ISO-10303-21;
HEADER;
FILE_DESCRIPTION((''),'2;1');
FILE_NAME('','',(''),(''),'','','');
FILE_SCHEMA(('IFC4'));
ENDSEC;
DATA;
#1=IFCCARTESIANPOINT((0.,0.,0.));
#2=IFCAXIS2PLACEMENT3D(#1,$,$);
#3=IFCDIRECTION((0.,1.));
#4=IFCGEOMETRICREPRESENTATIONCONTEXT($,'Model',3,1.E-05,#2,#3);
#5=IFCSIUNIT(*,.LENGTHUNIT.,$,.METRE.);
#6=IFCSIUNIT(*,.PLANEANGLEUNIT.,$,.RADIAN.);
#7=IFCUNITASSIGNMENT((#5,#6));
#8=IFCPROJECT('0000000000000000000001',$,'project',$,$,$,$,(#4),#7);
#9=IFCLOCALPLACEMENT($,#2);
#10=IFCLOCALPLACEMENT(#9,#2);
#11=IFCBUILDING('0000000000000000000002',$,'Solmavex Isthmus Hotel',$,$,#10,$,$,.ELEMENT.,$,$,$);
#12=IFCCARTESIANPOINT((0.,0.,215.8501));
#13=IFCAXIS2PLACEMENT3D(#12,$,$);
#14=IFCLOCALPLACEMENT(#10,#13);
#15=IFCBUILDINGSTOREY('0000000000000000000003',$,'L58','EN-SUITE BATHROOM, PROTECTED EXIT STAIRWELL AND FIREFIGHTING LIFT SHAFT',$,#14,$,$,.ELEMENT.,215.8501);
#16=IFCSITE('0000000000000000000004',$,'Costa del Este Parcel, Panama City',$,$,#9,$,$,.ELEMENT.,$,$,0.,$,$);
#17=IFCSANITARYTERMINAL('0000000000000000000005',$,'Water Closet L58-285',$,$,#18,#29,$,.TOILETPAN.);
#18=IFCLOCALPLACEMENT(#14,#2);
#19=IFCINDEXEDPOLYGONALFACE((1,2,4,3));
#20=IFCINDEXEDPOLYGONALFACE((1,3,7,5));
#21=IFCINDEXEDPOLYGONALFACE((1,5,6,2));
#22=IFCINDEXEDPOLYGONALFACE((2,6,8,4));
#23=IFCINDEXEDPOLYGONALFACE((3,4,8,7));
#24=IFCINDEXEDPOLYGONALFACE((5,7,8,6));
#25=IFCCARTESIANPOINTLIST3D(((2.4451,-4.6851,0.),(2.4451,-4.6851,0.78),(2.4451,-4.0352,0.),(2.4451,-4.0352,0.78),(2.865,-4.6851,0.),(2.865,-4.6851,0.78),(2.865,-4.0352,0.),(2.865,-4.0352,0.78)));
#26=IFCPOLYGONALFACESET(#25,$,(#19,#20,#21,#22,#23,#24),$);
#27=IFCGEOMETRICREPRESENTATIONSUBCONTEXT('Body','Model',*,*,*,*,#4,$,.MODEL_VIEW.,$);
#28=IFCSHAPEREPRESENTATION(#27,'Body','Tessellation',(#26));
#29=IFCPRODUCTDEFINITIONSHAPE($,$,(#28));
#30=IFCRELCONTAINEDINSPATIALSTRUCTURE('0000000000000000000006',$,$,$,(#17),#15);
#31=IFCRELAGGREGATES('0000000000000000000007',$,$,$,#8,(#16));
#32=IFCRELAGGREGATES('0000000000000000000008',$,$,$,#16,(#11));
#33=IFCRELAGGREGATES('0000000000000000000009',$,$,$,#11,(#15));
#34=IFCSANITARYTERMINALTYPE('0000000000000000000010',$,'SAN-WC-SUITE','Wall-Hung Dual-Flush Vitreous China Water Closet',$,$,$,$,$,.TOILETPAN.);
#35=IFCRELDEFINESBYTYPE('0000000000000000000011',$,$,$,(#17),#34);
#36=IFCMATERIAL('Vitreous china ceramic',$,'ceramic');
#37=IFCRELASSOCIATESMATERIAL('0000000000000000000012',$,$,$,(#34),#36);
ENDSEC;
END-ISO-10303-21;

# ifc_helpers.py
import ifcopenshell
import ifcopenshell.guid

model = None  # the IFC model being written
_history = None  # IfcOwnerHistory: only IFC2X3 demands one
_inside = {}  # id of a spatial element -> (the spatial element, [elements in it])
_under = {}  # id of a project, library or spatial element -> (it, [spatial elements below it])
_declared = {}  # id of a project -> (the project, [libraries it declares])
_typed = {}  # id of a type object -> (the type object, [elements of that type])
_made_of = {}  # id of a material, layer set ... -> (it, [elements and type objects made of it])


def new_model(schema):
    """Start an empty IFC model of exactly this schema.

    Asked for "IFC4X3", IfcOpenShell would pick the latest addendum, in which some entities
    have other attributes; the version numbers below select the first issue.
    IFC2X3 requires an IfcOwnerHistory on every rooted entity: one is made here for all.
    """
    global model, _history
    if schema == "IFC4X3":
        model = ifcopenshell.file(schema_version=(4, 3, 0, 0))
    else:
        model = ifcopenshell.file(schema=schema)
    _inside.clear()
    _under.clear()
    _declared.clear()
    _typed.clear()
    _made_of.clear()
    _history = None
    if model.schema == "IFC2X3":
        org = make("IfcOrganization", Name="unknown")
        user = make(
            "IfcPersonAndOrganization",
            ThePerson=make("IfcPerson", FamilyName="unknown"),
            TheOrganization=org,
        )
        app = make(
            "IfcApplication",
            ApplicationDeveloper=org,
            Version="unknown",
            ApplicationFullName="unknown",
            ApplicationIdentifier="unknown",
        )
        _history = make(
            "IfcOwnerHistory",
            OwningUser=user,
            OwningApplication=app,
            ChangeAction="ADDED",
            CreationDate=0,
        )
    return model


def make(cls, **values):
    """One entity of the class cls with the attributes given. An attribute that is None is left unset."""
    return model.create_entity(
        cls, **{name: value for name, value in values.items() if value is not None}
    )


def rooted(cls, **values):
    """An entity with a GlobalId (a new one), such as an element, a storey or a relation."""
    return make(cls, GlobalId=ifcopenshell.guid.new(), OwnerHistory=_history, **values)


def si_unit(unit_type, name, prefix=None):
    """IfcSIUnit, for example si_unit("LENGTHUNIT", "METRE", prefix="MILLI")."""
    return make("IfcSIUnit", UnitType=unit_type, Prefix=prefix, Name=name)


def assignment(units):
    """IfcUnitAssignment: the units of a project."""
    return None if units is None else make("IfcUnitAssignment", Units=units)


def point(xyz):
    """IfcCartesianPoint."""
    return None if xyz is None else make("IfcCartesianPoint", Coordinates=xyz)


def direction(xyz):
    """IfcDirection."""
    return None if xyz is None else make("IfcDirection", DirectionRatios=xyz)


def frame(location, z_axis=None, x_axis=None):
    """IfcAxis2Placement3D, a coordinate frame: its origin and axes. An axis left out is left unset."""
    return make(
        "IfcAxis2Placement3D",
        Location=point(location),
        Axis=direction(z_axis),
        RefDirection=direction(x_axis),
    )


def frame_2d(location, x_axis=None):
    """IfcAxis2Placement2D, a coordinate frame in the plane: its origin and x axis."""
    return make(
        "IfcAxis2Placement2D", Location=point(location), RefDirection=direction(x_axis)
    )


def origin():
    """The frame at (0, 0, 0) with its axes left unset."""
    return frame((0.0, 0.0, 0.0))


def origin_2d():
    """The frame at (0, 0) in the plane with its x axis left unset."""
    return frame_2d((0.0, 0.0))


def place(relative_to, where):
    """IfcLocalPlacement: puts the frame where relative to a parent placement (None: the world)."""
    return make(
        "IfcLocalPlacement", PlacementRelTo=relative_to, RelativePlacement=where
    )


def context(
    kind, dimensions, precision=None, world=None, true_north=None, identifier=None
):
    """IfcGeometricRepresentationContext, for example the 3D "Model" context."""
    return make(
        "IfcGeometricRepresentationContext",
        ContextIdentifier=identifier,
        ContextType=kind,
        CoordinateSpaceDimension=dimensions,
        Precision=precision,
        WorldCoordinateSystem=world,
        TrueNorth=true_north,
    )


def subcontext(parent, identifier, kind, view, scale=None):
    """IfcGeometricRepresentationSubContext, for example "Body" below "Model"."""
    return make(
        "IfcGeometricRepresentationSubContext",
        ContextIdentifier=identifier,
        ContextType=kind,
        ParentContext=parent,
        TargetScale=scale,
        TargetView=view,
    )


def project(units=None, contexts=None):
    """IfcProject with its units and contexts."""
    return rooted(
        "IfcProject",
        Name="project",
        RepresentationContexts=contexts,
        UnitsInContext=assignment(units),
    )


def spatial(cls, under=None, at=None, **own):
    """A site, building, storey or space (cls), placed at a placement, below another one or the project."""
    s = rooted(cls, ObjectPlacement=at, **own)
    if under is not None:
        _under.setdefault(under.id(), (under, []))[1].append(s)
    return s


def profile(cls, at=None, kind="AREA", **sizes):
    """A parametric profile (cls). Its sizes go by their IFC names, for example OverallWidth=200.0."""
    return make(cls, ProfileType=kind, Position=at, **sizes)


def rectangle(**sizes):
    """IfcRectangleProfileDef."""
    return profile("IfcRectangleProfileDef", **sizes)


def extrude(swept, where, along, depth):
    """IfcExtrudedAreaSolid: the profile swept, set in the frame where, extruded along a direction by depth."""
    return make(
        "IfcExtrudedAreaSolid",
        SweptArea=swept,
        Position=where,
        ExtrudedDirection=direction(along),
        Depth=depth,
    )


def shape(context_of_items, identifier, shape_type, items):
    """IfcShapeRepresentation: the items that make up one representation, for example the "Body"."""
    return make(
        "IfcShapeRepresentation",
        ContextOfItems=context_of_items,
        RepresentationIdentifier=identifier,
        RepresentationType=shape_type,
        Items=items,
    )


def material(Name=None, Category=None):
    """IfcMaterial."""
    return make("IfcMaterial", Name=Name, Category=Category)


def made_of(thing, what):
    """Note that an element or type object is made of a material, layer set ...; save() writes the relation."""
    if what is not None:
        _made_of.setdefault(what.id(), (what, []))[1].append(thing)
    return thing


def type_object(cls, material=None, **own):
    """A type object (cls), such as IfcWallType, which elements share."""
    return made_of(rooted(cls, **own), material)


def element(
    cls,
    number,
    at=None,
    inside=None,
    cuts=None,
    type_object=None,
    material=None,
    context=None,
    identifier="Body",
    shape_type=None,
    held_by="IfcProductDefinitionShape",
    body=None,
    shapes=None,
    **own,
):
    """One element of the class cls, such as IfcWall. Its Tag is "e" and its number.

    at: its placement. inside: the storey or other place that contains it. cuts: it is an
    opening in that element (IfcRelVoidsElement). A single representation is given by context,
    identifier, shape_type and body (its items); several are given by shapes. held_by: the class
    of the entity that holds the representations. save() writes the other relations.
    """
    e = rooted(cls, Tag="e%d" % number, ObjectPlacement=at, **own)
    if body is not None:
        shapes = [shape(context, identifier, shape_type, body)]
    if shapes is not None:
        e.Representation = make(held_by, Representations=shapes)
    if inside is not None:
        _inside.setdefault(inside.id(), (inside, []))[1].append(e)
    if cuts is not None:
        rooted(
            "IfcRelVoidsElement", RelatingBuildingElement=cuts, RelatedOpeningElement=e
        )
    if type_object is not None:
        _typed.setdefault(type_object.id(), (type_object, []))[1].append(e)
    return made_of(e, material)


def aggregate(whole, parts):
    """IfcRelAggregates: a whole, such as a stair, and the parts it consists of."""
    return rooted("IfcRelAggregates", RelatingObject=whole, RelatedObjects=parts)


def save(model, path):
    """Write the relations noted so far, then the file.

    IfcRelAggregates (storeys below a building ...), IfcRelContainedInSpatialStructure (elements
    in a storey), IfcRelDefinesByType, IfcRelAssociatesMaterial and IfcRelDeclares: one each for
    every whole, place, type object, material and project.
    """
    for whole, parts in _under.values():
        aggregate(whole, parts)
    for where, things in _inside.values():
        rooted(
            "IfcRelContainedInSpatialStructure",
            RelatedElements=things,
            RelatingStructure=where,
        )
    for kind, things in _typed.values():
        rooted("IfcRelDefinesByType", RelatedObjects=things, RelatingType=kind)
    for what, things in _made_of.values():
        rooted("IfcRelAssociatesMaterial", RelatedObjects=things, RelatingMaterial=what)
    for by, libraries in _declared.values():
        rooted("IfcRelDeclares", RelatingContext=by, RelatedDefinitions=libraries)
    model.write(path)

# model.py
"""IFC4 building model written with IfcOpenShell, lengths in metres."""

from ifc_helpers import new_model, si_unit, direction, frame, origin, origin_2d, place, context, subcontext, project, spatial, rectangle, extrude, material, type_object, element, save


model = new_model("IFC4")

# Units and contexts
model_context = context("Model", 3, precision=1e-05, world=origin(), true_north=direction((0.0, 1.0)))
body_context = subcontext(model_context, "Body", "Model", "MODEL_VIEW")
ifc_project = project(units=[si_unit("LENGTHUNIT", "METRE"), si_unit("PLANEANGLEUNIT", "RADIAN")], contexts=[model_context])

# Site, building, storey
site_placement = place(None, origin())
site = spatial("IfcSite", under=ifc_project, at=site_placement, Name="Costa del Este Parcel, Panama City", CompositionType="ELEMENT", RefElevation=0.0)
building_placement = place(site_placement, origin())
building = spatial("IfcBuilding", under=site, at=building_placement, Name="Solmavex Isthmus Hotel", CompositionType="ELEMENT")
storey_placement = place(building_placement, frame((0.0, 0.0, 215.8501)))
storey = spatial("IfcBuildingStorey", under=building, at=storey_placement, Name="L58", Description="EN-SUITE BATHROOM, PROTECTED EXIT STAIRWELL AND FIREFIGHTING LIFT SHAFT", CompositionType="ELEMENT", Elevation=215.8501)

# Sanitary terminal
ifc_material_1 = material(Name="Vitreous china ceramic", Category="ceramic")
sanitary_terminal_type_1 = type_object("IfcSanitaryTerminalType", Name="SAN-WC-SUITE", Description="Wall-Hung Dual-Flush Vitreous China Water Closet", PredefinedType="TOILETPAN", material=ifc_material_1)
sanitary_terminal_1_placement = place(storey_placement, frame((2.655, -4.3601, 0.0), z_axis=(0.0, 0.0, 1.0), x_axis=(1.0, 0.0, 0.0)))
element("IfcSanitaryTerminal", 1, at=sanitary_terminal_1_placement, inside=storey, type_object=sanitary_terminal_type_1, Name="Water Closet L58-285", PredefinedType="TOILETPAN", context=body_context, shape_type="SweptSolid", body=[
    extrude(rectangle(XDim=0.4199, YDim=0.6499, at=origin_2d()), origin(), (0.0, 0.0, 1.0), 0.78),
])

save(model, "model.ifc")
